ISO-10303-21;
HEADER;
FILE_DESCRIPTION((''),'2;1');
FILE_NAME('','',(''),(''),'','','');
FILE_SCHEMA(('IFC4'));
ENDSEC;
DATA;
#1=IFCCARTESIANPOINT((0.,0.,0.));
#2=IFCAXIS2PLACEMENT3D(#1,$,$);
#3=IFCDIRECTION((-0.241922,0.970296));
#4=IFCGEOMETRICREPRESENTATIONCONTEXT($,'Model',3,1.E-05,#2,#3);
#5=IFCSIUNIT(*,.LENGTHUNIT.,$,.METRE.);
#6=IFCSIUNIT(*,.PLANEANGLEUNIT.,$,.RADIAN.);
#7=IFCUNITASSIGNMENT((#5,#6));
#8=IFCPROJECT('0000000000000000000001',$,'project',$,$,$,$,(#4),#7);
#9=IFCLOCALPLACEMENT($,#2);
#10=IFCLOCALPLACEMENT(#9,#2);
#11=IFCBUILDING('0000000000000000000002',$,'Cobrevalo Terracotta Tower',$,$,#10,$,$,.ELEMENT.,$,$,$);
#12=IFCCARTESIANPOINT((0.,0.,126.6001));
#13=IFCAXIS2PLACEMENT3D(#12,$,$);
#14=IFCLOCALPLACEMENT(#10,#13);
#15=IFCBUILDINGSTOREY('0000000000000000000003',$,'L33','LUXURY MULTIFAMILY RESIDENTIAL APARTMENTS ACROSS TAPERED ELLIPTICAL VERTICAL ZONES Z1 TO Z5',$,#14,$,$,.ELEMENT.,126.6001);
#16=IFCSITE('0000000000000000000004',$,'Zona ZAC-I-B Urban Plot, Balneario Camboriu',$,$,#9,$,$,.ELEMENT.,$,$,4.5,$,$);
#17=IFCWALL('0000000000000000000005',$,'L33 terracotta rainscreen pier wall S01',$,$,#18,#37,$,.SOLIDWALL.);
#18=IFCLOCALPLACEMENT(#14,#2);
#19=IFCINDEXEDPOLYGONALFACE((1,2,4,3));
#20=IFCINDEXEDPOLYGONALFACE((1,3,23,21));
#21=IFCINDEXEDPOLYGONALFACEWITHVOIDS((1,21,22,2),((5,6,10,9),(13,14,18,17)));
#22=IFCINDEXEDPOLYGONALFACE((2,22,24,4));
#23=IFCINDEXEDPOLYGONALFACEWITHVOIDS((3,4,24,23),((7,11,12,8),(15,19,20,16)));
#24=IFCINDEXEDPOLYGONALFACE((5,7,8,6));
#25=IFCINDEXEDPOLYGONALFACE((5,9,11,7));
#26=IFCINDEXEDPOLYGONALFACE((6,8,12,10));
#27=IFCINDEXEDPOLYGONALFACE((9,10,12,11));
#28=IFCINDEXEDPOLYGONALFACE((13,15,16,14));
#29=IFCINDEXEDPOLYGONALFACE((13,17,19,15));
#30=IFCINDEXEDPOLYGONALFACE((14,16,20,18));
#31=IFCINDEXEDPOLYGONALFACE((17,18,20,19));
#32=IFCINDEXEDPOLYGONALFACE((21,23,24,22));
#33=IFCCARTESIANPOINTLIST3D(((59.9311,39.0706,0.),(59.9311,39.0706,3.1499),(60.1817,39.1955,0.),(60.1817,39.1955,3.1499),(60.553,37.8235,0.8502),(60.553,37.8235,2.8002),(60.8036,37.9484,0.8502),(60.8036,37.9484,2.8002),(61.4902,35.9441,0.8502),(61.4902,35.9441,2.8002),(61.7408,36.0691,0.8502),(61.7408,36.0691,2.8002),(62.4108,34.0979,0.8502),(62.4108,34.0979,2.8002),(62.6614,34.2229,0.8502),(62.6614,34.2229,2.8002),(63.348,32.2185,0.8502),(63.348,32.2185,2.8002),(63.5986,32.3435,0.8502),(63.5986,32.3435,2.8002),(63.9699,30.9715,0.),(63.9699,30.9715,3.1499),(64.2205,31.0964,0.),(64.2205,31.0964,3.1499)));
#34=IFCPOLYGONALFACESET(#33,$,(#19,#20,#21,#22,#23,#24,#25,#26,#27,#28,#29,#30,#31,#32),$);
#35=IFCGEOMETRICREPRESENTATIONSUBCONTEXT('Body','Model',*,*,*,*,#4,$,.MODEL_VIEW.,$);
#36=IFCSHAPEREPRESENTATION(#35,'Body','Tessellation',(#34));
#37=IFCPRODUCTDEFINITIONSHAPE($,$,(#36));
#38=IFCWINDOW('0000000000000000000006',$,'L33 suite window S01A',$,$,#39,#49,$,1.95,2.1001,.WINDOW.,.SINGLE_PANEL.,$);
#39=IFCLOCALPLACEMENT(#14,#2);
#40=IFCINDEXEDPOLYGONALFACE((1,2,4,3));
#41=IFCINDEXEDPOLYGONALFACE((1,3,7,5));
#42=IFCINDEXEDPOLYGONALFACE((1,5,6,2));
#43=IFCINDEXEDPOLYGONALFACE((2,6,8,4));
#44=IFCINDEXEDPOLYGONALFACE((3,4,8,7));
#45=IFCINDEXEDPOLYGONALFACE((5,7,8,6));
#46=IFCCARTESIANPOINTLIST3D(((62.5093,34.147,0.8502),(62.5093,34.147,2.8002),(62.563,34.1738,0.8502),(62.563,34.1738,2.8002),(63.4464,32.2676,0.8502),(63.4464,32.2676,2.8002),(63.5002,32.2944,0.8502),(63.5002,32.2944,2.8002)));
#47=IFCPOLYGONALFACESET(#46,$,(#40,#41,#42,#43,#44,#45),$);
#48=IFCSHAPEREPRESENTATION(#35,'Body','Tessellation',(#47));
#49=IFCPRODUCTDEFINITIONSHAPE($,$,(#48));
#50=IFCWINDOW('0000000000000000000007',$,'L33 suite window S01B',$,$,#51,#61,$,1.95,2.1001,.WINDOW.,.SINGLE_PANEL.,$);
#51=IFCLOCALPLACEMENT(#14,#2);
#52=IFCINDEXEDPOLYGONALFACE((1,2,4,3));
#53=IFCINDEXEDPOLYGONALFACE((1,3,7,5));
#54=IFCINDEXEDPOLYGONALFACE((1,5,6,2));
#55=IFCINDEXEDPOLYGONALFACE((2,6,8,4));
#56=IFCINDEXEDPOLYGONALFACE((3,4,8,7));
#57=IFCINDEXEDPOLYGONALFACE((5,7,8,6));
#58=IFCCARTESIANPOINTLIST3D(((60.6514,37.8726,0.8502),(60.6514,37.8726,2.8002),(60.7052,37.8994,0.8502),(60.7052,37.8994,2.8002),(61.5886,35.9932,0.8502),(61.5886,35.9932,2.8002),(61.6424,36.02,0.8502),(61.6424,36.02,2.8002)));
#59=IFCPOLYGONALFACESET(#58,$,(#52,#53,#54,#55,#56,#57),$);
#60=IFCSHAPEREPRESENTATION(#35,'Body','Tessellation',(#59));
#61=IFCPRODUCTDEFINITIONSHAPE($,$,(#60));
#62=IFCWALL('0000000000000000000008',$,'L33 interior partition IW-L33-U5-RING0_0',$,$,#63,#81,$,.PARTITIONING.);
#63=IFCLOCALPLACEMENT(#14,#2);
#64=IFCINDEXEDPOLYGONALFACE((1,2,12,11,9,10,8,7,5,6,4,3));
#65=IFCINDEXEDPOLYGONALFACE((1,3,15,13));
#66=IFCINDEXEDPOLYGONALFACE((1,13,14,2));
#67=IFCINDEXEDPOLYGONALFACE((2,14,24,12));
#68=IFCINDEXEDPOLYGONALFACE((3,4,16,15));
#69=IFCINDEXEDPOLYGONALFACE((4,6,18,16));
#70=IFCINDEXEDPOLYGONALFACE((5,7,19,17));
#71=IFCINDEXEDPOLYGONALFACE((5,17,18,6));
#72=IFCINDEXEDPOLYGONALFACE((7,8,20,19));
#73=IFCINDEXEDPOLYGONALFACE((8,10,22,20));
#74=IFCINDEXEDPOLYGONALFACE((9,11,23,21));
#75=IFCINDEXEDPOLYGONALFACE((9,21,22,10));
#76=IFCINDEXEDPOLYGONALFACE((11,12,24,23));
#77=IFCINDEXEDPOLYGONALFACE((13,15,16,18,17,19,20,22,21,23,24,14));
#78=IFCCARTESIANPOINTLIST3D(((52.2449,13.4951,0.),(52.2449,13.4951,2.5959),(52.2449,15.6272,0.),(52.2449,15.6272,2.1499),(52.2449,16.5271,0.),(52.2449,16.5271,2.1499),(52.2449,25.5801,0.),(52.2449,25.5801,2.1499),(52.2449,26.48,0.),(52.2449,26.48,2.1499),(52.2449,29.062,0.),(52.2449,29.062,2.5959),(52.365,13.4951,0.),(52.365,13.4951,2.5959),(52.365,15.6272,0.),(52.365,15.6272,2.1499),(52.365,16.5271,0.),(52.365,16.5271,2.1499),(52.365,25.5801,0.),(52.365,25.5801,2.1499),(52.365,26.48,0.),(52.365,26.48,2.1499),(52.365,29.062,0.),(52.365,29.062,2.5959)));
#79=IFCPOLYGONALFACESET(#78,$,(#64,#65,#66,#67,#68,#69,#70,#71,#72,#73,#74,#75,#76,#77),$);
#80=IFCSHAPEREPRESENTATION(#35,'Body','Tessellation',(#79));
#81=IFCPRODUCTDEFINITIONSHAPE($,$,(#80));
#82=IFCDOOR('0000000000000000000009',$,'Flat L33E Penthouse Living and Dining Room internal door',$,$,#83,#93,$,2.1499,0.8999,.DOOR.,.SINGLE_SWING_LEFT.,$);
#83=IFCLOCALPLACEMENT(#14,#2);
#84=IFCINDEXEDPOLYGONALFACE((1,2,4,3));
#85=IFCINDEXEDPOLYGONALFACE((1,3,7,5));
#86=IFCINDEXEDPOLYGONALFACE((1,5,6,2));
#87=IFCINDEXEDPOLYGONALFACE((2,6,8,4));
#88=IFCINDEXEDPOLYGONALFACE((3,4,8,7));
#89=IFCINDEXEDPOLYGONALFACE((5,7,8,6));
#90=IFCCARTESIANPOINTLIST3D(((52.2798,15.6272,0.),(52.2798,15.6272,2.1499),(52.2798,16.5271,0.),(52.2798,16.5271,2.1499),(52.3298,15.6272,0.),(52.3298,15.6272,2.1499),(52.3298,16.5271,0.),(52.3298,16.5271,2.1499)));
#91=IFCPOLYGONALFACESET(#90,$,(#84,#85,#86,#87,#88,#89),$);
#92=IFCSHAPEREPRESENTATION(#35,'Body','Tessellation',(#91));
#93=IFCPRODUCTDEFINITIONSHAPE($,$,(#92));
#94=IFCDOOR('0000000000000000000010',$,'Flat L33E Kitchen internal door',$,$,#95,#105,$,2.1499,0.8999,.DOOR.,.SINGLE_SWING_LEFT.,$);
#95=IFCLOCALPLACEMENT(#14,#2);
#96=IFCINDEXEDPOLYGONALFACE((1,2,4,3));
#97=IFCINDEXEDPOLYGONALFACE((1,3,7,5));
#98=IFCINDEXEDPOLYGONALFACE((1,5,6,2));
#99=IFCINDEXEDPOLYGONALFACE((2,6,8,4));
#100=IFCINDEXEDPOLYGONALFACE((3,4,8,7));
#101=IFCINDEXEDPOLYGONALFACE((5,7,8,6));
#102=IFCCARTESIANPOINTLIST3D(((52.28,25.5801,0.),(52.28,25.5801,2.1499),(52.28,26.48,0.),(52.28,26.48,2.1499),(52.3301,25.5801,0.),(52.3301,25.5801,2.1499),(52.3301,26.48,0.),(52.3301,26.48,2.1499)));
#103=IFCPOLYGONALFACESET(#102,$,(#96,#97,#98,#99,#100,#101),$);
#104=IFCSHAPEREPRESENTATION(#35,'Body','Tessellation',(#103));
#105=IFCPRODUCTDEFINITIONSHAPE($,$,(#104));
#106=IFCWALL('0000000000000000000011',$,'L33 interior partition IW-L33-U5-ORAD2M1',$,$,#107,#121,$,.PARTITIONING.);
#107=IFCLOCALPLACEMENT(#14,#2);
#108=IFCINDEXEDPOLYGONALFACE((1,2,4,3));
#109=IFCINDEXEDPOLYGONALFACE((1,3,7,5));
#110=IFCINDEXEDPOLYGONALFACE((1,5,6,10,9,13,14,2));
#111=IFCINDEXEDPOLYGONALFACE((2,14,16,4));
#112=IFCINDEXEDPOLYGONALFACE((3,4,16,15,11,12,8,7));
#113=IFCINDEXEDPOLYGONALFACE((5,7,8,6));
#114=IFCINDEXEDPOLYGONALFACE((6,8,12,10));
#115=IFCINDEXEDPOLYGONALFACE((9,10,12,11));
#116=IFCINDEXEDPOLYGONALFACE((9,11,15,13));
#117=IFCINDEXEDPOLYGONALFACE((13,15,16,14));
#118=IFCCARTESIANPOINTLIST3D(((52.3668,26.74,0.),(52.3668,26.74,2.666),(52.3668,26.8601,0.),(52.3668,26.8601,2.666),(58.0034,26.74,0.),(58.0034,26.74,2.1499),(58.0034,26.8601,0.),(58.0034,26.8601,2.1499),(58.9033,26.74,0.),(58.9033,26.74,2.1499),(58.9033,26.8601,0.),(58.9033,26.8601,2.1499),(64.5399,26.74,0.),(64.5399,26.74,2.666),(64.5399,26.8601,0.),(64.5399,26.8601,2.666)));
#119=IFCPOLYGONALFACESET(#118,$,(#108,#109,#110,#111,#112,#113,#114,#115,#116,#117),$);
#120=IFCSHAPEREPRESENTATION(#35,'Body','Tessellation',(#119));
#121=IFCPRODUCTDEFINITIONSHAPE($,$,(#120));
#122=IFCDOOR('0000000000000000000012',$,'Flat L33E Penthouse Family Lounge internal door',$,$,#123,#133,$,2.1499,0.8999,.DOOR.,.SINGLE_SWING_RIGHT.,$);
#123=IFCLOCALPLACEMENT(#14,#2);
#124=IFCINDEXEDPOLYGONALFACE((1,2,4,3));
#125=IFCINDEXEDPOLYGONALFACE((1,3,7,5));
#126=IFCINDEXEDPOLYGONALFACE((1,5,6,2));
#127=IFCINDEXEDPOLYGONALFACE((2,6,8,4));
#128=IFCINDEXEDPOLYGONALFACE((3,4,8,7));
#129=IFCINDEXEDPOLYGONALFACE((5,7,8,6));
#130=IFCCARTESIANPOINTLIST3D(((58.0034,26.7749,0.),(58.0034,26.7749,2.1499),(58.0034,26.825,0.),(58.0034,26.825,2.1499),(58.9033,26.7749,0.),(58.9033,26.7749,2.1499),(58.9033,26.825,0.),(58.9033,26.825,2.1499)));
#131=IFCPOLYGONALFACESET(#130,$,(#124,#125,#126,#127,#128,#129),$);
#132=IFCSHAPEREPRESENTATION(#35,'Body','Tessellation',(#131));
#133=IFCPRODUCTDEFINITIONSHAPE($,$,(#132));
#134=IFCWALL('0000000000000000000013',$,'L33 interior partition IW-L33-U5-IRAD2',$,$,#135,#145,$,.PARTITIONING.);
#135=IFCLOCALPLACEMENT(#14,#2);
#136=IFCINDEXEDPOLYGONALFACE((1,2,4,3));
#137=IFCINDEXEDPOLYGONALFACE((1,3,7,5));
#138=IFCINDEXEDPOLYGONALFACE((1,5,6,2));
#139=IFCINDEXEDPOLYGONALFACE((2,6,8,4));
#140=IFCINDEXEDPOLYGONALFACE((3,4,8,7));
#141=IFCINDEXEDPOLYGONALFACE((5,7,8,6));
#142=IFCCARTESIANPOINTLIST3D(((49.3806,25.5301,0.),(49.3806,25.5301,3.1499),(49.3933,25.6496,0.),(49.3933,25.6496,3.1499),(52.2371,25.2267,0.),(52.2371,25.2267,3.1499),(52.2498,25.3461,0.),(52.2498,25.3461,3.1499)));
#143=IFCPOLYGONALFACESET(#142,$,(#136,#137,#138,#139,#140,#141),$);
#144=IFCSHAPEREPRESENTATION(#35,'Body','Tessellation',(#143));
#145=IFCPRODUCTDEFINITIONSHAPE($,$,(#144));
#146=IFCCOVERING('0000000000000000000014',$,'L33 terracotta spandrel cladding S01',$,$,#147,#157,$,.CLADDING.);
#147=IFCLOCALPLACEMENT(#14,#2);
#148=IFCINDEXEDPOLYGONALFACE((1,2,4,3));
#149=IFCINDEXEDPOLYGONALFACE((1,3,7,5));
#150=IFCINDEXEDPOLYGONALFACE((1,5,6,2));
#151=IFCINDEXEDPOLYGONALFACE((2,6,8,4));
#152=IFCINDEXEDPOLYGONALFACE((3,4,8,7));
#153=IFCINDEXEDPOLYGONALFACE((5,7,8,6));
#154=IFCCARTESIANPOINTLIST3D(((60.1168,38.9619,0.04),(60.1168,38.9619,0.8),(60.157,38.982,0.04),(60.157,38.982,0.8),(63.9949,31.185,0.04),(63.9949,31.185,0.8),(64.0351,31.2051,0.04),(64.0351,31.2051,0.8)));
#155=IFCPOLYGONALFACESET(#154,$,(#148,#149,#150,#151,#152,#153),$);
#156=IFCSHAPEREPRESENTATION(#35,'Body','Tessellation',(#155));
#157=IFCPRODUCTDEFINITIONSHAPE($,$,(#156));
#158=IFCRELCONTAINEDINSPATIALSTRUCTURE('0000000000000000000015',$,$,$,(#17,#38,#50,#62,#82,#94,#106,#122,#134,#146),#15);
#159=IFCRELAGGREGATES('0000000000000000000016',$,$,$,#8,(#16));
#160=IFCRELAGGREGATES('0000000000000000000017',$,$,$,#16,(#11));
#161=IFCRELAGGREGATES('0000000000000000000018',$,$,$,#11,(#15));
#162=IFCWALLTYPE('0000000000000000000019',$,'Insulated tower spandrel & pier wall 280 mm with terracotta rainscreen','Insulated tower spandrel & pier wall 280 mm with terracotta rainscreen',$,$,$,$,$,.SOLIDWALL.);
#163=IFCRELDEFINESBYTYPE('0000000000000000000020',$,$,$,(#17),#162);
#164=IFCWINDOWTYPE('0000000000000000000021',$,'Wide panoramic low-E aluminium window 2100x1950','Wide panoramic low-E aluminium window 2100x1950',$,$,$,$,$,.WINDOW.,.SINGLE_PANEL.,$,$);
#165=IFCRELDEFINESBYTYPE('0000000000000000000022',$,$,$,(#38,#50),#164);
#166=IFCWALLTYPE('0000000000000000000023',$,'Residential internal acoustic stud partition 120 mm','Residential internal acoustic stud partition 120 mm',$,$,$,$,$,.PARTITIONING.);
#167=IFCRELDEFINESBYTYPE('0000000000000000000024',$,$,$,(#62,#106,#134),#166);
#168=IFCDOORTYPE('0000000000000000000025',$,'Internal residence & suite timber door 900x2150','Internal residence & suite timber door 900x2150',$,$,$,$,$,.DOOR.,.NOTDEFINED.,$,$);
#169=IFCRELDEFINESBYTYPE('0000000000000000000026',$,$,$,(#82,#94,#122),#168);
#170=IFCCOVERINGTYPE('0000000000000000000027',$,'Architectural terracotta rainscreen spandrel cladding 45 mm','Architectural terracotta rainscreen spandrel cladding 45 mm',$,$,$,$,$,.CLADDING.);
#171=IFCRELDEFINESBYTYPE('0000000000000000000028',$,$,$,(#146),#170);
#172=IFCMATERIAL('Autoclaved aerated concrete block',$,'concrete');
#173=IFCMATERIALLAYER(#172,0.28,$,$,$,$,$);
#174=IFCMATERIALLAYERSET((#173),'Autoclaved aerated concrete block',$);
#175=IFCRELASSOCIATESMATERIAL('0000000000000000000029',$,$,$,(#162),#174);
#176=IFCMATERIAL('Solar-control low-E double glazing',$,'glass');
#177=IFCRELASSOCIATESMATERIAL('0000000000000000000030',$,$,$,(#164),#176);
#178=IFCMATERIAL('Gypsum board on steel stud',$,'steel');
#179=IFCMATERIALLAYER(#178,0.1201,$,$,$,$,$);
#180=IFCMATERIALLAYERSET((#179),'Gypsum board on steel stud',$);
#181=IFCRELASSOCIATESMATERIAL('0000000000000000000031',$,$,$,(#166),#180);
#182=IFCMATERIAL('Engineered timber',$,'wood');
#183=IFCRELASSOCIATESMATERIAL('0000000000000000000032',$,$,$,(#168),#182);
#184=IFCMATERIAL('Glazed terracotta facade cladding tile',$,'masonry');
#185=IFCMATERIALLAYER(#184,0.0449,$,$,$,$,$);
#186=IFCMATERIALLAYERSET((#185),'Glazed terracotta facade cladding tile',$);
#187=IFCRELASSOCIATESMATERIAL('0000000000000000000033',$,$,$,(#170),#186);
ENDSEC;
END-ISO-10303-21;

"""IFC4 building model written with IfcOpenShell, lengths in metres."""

from ifc_helpers import new_model, si_unit, direction, frame, frame_2d, origin, origin_2d, place, context, subcontext, project, spatial, rectangle, extrude, source, transform, mapped, material, layer, layer_set, type_object, element, fill, save


model = new_model("IFC4")

# Units and contexts
model_context = context("Model", 3, precision=1e-05, world=origin(), true_north=direction((-0.241922, 0.970296)))
body_context = subcontext(model_context, "Body", "Model", "MODEL_VIEW")
ifc_project = project(units=[si_unit("LENGTHUNIT", "METRE"), si_unit("PLANEANGLEUNIT", "RADIAN")], contexts=[model_context])

# Site, building, storey
site_placement = place(None, origin())
site = spatial("IfcSite", under=ifc_project, at=site_placement, Name="Zona ZAC-I-B Urban Plot, Balneario Camboriu", CompositionType="ELEMENT", RefElevation=4.5)
building_placement = place(site_placement, origin())
building = spatial("IfcBuilding", under=site, at=building_placement, Name="Cobrevalo Terracotta Tower", CompositionType="ELEMENT")
storey_placement = place(building_placement, frame((0.0, 0.0, 126.6001)))
storey = spatial("IfcBuildingStorey", under=building, at=storey_placement, Name="L33", Description="LUXURY MULTIFAMILY RESIDENTIAL APARTMENTS ACROSS TAPERED ELLIPTICAL VERTICAL ZONES Z1 TO Z5", CompositionType="ELEMENT", Elevation=126.6001)

# Shared definitions
ifc_material_1 = material(Name="Solar-control low-E double glazing", Category="glass")

# Shared definitions
ifc_material_2 = material(Name="Autoclaved aerated concrete block", Category="concrete")

# Wall, openings, windows
ifc_layer_1 = layer(ifc_material_2, 0.28)
ifc_layer_set_1 = layer_set([ifc_layer_1], Name="Autoclaved aerated concrete block")
wall_type_1 = type_object("IfcWallType", Name="Insulated tower spandrel & pier wall 280 mm with terracotta rainscreen", Description="Insulated tower spandrel & pier wall 280 mm with terracotta rainscreen", PredefinedType="SOLIDWALL", material=ifc_layer_set_1)
wall_1_placement = place(storey_placement, frame((64.0952, 31.0339, 0.0), z_axis=(0.0, 0.0, 1.0), x_axis=(-0.446264, 0.894901, 0.0)))
wall_1 = element("IfcWall", 1, at=wall_1_placement, inside=storey, type_object=wall_type_1, Name="L33 terracotta rainscreen pier wall S01", PredefinedType="SOLIDWALL", context=body_context, shape_type="SweptSolid", body=[
    extrude(rectangle(XDim=9.0503, YDim=0.28, at=frame_2d((4.5251, 0.0))), origin(), (0.0, 0.0, 1.0), 3.1499),
])
opening_1_placement = place(wall_1_placement, frame((1.3936, 0.0, 0.8501)))
opening_1 = element("IfcOpeningElement", 2, at=opening_1_placement, cuts=wall_1, PredefinedType="OPENING", context=body_context, shape_type="SweptSolid", body=[
    extrude(rectangle(XDim=2.1001, YDim=1.95, at=frame_2d((1.05, 0.9751))), frame((0.0, 0.1499, 0.0), z_axis=(0.0, -1.0, 0.0), x_axis=(1.0, 0.0, 0.0)), (0.0, 0.0, 1.0), 0.3),
])
opening_2_placement = place(wall_1_placement, frame((5.5566, 0.0, 0.8501)))
opening_2 = element("IfcOpeningElement", 3, at=opening_2_placement, cuts=wall_1, PredefinedType="OPENING", context=body_context, shape_type="SweptSolid", body=[
    extrude(rectangle(XDim=2.1001, YDim=1.95, at=frame_2d((1.05, 0.9751))), frame((0.0, 0.1499, 0.0), z_axis=(0.0, -1.0, 0.0), x_axis=(1.0, 0.0, 0.0)), (0.0, 0.0, 1.0), 0.3),
])
window_type = type_object("IfcWindowType", Name="Wide panoramic low-E aluminium window 2100x1950", Description="Wide panoramic low-E aluminium window 2100x1950", PartitioningType="SINGLE_PANEL", PredefinedType="WINDOW", material=ifc_material_1)
shared_shape_1 = source(origin(), body_context, "Body", "SweptSolid", [
    extrude(rectangle(XDim=2.1001, YDim=1.95, at=frame_2d((1.05, 0.9751))), frame((0.0, 0.03, 0.0), z_axis=(0.0, -1.0, 0.0), x_axis=(1.0, 0.0, 0.0)), (0.0, 0.0, 1.0), 0.0601),
])
window_1_placement = place(opening_1_placement, origin())
window_1 = element("IfcWindow", 4, at=window_1_placement, inside=storey, type_object=window_type, Name="L33 suite window S01A", OverallHeight=1.95, OverallWidth=2.1001, PartitioningType="SINGLE_PANEL", PredefinedType="WINDOW", context=body_context, shape_type="MappedRepresentation", body=[
    mapped(shared_shape_1, transform((0.0, 0.0, 0.0), scale=1.0)),
])
fill(opening_1, window_1)
window_2_placement = place(opening_2_placement, origin())
window_2 = element("IfcWindow", 5, at=window_2_placement, inside=storey, type_object=window_type, Name="L33 suite window S01B", OverallHeight=1.95, OverallWidth=2.1001, PartitioningType="SINGLE_PANEL", PredefinedType="WINDOW", context=body_context, shape_type="MappedRepresentation", body=[
    mapped(shared_shape_1, transform((0.0, 0.0, 0.0), scale=1.0)),
])
fill(opening_2, window_2)

# Shared definitions
ifc_material_3 = material(Name="Gypsum board on steel stud", Category="steel")
ifc_layer_2 = layer(ifc_material_3, 0.1201)
ifc_layer_set_2 = layer_set([ifc_layer_2], Name="Gypsum board on steel stud")
wall_type_2 = type_object("IfcWallType", Name="Residential internal acoustic stud partition 120 mm", Description="Residential internal acoustic stud partition 120 mm", PredefinedType="PARTITIONING", material=ifc_layer_set_2)

# Wall, openings, doors
wall_2_placement = place(storey_placement, frame((52.3049, 29.062, 0.0), z_axis=(0.0, 0.0, 1.0), x_axis=(0.0, -1.0, 0.0)))
wall_2 = element("IfcWall", 6, at=wall_2_placement, inside=storey, type_object=wall_type_2, Name="L33 interior partition IW-L33-U5-RING0_0", PredefinedType="PARTITIONING", context=body_context, shape_type="SweptSolid", body=[
    extrude(rectangle(XDim=15.5669, YDim=0.1201, at=frame_2d((7.7834, 0.0))), origin(), (0.0, 0.0, 1.0), 2.5959),
])
opening_3_placement = place(wall_2_placement, frame((12.5349, 0.0, 0.0)))
opening_3 = element("IfcOpeningElement", 7, at=opening_3_placement, cuts=wall_2, PredefinedType="OPENING", context=body_context, shape_type="SweptSolid", body=[
    extrude(rectangle(XDim=0.8999, YDim=2.1499, at=frame_2d((0.45, 1.075))), frame((0.0, 0.0701, 0.0), z_axis=(0.0, -1.0, 0.0), x_axis=(1.0, 0.0, 0.0)), (0.0, 0.0, 1.0), 0.1401),
])
opening_4_placement = place(wall_2_placement, frame((2.582, 0.0, 0.0)))
opening_4 = element("IfcOpeningElement", 8, at=opening_4_placement, cuts=wall_2, PredefinedType="OPENING", context=body_context, shape_type="SweptSolid", body=[
    extrude(rectangle(XDim=0.8999, YDim=2.1499, at=frame_2d((0.45, 1.075))), frame((0.0, 0.0701, 0.0), z_axis=(0.0, -1.0, 0.0), x_axis=(1.0, 0.0, 0.0)), (0.0, 0.0, 1.0), 0.1401),
])
ifc_material_4 = material(Name="Engineered timber", Category="wood")
door_type_1 = type_object("IfcDoorType", Name="Internal residence & suite timber door 900x2150", Description="Internal residence & suite timber door 900x2150", OperationType="NOTDEFINED", PredefinedType="DOOR", material=ifc_material_4)
shared_shape_2 = source(origin(), body_context, "Body", "SweptSolid", [
    extrude(rectangle(XDim=0.8999, YDim=2.1499, at=frame_2d((0.45, 1.075))), frame((0.0, 0.0249, 0.0), z_axis=(0.0, -1.0, 0.0), x_axis=(1.0, 0.0, 0.0)), (0.0, 0.0, 1.0), 0.05),
])
door_1_placement = place(opening_3_placement, origin())
door_1 = element("IfcDoor", 9, at=door_1_placement, inside=storey, type_object=door_type_1, Name="Flat L33E Penthouse Living and Dining Room internal door", OperationType="SINGLE_SWING_LEFT", OverallHeight=2.1499, OverallWidth=0.8999, PredefinedType="DOOR", context=body_context, shape_type="MappedRepresentation", body=[
    mapped(shared_shape_2, transform((0.0, 0.0, 0.0), scale=1.0)),
])
fill(opening_3, door_1)
door_2_placement = place(opening_4_placement, frame((0.8999, 0.0, 0.0), z_axis=(0.0, 0.0, 1.0), x_axis=(-1.0, 0.0, 0.0)))
door_2 = element("IfcDoor", 10, at=door_2_placement, inside=storey, type_object=door_type_1, Name="Flat L33E Kitchen internal door", OperationType="SINGLE_SWING_LEFT", OverallHeight=2.1499, OverallWidth=0.8999, PredefinedType="DOOR", context=body_context, shape_type="MappedRepresentation", body=[
    mapped(shared_shape_2, transform((0.0, 0.0, 0.0), scale=1.0)),
])
fill(opening_4, door_2)

# Wall, opening, door
wall_3_placement = place(storey_placement, frame((52.3669, 26.8, 0.0), z_axis=(0.0, 0.0, 1.0), x_axis=(1.0, 0.0, 0.0)))
wall_3 = element("IfcWall", 11, at=wall_3_placement, inside=storey, type_object=wall_type_2, Name="L33 interior partition IW-L33-U5-ORAD2M1", PredefinedType="PARTITIONING", context=body_context, shape_type="SweptSolid", body=[
    extrude(rectangle(XDim=12.1731, YDim=0.1201, at=frame_2d((6.0864, 0.0))), origin(), (0.0, 0.0, 1.0), 2.666),
])
opening_5_placement = place(wall_3_placement, frame((5.6365, 0.0, 0.0)))
opening_5 = element("IfcOpeningElement", 12, at=opening_5_placement, cuts=wall_3, PredefinedType="OPENING", context=body_context, shape_type="SweptSolid", body=[
    extrude(rectangle(XDim=0.8999, YDim=2.1499, at=frame_2d((0.45, 1.075))), frame((0.0, 0.0701, 0.0), z_axis=(0.0, -1.0, 0.0), x_axis=(1.0, 0.0, 0.0)), (0.0, 0.0, 1.0), 0.1401),
])
door_3_placement = place(opening_5_placement, origin())
door_3 = element("IfcDoor", 13, at=door_3_placement, inside=storey, type_object=door_type_1, Name="Flat L33E Penthouse Family Lounge internal door", OperationType="SINGLE_SWING_RIGHT", OverallHeight=2.1499, OverallWidth=0.8999, PredefinedType="DOOR", context=body_context, shape_type="MappedRepresentation", body=[
    mapped(shared_shape_2, transform((0.0, 0.0, 0.0), scale=1.0)),
])
fill(opening_5, door_3)

# Wall
wall_4_placement = place(storey_placement, frame((49.387, 25.5898, 0.0), z_axis=(0.0, 0.0, 1.0), x_axis=(0.994404, -0.105645, 0.0)))
element("IfcWall", 14, at=wall_4_placement, inside=storey, type_object=wall_type_2, Name="L33 interior partition IW-L33-U5-IRAD2", PredefinedType="PARTITIONING", context=body_context, shape_type="SweptSolid", body=[
    extrude(rectangle(XDim=2.8726, YDim=0.1201, at=frame_2d((1.4363, 0.0))), origin(), (0.0, 0.0, 1.0), 3.1499),
])

# Covering
ifc_material_5 = material(Name="Glazed terracotta facade cladding tile", Category="masonry")
ifc_layer_3 = layer(ifc_material_5, 0.0449)
ifc_layer_set_3 = layer_set([ifc_layer_3], Name="Glazed terracotta facade cladding tile")
covering_type = type_object("IfcCoveringType", Name="Architectural terracotta rainscreen spandrel cladding 45 mm", Description="Architectural terracotta rainscreen spandrel cladding 45 mm", PredefinedType="CLADDING", material=ifc_layer_set_3)
shared_shape_3 = source(origin(), body_context, "Body", "SweptSolid", [
    extrude(rectangle(XDim=8.6902, YDim=0.0449, at=origin_2d()), origin(), (0.0, 0.0, 1.0), 0.76),
])
covering_placement = place(storey_placement, frame((62.0759, 35.0835, 0.04), z_axis=(0.0, 0.0, 1.0), x_axis=(-0.446262, 0.894902, 0.0)))
element("IfcCovering", 15, at=covering_placement, inside=storey, type_object=covering_type, Name="L33 terracotta spandrel cladding S01", PredefinedType="CLADDING", context=body_context, shape_type="MappedRepresentation", body=[
    mapped(shared_shape_3, transform((0.0, 0.0, 0.0), scale=1.0)),
])

save(model, "model.ifc")
